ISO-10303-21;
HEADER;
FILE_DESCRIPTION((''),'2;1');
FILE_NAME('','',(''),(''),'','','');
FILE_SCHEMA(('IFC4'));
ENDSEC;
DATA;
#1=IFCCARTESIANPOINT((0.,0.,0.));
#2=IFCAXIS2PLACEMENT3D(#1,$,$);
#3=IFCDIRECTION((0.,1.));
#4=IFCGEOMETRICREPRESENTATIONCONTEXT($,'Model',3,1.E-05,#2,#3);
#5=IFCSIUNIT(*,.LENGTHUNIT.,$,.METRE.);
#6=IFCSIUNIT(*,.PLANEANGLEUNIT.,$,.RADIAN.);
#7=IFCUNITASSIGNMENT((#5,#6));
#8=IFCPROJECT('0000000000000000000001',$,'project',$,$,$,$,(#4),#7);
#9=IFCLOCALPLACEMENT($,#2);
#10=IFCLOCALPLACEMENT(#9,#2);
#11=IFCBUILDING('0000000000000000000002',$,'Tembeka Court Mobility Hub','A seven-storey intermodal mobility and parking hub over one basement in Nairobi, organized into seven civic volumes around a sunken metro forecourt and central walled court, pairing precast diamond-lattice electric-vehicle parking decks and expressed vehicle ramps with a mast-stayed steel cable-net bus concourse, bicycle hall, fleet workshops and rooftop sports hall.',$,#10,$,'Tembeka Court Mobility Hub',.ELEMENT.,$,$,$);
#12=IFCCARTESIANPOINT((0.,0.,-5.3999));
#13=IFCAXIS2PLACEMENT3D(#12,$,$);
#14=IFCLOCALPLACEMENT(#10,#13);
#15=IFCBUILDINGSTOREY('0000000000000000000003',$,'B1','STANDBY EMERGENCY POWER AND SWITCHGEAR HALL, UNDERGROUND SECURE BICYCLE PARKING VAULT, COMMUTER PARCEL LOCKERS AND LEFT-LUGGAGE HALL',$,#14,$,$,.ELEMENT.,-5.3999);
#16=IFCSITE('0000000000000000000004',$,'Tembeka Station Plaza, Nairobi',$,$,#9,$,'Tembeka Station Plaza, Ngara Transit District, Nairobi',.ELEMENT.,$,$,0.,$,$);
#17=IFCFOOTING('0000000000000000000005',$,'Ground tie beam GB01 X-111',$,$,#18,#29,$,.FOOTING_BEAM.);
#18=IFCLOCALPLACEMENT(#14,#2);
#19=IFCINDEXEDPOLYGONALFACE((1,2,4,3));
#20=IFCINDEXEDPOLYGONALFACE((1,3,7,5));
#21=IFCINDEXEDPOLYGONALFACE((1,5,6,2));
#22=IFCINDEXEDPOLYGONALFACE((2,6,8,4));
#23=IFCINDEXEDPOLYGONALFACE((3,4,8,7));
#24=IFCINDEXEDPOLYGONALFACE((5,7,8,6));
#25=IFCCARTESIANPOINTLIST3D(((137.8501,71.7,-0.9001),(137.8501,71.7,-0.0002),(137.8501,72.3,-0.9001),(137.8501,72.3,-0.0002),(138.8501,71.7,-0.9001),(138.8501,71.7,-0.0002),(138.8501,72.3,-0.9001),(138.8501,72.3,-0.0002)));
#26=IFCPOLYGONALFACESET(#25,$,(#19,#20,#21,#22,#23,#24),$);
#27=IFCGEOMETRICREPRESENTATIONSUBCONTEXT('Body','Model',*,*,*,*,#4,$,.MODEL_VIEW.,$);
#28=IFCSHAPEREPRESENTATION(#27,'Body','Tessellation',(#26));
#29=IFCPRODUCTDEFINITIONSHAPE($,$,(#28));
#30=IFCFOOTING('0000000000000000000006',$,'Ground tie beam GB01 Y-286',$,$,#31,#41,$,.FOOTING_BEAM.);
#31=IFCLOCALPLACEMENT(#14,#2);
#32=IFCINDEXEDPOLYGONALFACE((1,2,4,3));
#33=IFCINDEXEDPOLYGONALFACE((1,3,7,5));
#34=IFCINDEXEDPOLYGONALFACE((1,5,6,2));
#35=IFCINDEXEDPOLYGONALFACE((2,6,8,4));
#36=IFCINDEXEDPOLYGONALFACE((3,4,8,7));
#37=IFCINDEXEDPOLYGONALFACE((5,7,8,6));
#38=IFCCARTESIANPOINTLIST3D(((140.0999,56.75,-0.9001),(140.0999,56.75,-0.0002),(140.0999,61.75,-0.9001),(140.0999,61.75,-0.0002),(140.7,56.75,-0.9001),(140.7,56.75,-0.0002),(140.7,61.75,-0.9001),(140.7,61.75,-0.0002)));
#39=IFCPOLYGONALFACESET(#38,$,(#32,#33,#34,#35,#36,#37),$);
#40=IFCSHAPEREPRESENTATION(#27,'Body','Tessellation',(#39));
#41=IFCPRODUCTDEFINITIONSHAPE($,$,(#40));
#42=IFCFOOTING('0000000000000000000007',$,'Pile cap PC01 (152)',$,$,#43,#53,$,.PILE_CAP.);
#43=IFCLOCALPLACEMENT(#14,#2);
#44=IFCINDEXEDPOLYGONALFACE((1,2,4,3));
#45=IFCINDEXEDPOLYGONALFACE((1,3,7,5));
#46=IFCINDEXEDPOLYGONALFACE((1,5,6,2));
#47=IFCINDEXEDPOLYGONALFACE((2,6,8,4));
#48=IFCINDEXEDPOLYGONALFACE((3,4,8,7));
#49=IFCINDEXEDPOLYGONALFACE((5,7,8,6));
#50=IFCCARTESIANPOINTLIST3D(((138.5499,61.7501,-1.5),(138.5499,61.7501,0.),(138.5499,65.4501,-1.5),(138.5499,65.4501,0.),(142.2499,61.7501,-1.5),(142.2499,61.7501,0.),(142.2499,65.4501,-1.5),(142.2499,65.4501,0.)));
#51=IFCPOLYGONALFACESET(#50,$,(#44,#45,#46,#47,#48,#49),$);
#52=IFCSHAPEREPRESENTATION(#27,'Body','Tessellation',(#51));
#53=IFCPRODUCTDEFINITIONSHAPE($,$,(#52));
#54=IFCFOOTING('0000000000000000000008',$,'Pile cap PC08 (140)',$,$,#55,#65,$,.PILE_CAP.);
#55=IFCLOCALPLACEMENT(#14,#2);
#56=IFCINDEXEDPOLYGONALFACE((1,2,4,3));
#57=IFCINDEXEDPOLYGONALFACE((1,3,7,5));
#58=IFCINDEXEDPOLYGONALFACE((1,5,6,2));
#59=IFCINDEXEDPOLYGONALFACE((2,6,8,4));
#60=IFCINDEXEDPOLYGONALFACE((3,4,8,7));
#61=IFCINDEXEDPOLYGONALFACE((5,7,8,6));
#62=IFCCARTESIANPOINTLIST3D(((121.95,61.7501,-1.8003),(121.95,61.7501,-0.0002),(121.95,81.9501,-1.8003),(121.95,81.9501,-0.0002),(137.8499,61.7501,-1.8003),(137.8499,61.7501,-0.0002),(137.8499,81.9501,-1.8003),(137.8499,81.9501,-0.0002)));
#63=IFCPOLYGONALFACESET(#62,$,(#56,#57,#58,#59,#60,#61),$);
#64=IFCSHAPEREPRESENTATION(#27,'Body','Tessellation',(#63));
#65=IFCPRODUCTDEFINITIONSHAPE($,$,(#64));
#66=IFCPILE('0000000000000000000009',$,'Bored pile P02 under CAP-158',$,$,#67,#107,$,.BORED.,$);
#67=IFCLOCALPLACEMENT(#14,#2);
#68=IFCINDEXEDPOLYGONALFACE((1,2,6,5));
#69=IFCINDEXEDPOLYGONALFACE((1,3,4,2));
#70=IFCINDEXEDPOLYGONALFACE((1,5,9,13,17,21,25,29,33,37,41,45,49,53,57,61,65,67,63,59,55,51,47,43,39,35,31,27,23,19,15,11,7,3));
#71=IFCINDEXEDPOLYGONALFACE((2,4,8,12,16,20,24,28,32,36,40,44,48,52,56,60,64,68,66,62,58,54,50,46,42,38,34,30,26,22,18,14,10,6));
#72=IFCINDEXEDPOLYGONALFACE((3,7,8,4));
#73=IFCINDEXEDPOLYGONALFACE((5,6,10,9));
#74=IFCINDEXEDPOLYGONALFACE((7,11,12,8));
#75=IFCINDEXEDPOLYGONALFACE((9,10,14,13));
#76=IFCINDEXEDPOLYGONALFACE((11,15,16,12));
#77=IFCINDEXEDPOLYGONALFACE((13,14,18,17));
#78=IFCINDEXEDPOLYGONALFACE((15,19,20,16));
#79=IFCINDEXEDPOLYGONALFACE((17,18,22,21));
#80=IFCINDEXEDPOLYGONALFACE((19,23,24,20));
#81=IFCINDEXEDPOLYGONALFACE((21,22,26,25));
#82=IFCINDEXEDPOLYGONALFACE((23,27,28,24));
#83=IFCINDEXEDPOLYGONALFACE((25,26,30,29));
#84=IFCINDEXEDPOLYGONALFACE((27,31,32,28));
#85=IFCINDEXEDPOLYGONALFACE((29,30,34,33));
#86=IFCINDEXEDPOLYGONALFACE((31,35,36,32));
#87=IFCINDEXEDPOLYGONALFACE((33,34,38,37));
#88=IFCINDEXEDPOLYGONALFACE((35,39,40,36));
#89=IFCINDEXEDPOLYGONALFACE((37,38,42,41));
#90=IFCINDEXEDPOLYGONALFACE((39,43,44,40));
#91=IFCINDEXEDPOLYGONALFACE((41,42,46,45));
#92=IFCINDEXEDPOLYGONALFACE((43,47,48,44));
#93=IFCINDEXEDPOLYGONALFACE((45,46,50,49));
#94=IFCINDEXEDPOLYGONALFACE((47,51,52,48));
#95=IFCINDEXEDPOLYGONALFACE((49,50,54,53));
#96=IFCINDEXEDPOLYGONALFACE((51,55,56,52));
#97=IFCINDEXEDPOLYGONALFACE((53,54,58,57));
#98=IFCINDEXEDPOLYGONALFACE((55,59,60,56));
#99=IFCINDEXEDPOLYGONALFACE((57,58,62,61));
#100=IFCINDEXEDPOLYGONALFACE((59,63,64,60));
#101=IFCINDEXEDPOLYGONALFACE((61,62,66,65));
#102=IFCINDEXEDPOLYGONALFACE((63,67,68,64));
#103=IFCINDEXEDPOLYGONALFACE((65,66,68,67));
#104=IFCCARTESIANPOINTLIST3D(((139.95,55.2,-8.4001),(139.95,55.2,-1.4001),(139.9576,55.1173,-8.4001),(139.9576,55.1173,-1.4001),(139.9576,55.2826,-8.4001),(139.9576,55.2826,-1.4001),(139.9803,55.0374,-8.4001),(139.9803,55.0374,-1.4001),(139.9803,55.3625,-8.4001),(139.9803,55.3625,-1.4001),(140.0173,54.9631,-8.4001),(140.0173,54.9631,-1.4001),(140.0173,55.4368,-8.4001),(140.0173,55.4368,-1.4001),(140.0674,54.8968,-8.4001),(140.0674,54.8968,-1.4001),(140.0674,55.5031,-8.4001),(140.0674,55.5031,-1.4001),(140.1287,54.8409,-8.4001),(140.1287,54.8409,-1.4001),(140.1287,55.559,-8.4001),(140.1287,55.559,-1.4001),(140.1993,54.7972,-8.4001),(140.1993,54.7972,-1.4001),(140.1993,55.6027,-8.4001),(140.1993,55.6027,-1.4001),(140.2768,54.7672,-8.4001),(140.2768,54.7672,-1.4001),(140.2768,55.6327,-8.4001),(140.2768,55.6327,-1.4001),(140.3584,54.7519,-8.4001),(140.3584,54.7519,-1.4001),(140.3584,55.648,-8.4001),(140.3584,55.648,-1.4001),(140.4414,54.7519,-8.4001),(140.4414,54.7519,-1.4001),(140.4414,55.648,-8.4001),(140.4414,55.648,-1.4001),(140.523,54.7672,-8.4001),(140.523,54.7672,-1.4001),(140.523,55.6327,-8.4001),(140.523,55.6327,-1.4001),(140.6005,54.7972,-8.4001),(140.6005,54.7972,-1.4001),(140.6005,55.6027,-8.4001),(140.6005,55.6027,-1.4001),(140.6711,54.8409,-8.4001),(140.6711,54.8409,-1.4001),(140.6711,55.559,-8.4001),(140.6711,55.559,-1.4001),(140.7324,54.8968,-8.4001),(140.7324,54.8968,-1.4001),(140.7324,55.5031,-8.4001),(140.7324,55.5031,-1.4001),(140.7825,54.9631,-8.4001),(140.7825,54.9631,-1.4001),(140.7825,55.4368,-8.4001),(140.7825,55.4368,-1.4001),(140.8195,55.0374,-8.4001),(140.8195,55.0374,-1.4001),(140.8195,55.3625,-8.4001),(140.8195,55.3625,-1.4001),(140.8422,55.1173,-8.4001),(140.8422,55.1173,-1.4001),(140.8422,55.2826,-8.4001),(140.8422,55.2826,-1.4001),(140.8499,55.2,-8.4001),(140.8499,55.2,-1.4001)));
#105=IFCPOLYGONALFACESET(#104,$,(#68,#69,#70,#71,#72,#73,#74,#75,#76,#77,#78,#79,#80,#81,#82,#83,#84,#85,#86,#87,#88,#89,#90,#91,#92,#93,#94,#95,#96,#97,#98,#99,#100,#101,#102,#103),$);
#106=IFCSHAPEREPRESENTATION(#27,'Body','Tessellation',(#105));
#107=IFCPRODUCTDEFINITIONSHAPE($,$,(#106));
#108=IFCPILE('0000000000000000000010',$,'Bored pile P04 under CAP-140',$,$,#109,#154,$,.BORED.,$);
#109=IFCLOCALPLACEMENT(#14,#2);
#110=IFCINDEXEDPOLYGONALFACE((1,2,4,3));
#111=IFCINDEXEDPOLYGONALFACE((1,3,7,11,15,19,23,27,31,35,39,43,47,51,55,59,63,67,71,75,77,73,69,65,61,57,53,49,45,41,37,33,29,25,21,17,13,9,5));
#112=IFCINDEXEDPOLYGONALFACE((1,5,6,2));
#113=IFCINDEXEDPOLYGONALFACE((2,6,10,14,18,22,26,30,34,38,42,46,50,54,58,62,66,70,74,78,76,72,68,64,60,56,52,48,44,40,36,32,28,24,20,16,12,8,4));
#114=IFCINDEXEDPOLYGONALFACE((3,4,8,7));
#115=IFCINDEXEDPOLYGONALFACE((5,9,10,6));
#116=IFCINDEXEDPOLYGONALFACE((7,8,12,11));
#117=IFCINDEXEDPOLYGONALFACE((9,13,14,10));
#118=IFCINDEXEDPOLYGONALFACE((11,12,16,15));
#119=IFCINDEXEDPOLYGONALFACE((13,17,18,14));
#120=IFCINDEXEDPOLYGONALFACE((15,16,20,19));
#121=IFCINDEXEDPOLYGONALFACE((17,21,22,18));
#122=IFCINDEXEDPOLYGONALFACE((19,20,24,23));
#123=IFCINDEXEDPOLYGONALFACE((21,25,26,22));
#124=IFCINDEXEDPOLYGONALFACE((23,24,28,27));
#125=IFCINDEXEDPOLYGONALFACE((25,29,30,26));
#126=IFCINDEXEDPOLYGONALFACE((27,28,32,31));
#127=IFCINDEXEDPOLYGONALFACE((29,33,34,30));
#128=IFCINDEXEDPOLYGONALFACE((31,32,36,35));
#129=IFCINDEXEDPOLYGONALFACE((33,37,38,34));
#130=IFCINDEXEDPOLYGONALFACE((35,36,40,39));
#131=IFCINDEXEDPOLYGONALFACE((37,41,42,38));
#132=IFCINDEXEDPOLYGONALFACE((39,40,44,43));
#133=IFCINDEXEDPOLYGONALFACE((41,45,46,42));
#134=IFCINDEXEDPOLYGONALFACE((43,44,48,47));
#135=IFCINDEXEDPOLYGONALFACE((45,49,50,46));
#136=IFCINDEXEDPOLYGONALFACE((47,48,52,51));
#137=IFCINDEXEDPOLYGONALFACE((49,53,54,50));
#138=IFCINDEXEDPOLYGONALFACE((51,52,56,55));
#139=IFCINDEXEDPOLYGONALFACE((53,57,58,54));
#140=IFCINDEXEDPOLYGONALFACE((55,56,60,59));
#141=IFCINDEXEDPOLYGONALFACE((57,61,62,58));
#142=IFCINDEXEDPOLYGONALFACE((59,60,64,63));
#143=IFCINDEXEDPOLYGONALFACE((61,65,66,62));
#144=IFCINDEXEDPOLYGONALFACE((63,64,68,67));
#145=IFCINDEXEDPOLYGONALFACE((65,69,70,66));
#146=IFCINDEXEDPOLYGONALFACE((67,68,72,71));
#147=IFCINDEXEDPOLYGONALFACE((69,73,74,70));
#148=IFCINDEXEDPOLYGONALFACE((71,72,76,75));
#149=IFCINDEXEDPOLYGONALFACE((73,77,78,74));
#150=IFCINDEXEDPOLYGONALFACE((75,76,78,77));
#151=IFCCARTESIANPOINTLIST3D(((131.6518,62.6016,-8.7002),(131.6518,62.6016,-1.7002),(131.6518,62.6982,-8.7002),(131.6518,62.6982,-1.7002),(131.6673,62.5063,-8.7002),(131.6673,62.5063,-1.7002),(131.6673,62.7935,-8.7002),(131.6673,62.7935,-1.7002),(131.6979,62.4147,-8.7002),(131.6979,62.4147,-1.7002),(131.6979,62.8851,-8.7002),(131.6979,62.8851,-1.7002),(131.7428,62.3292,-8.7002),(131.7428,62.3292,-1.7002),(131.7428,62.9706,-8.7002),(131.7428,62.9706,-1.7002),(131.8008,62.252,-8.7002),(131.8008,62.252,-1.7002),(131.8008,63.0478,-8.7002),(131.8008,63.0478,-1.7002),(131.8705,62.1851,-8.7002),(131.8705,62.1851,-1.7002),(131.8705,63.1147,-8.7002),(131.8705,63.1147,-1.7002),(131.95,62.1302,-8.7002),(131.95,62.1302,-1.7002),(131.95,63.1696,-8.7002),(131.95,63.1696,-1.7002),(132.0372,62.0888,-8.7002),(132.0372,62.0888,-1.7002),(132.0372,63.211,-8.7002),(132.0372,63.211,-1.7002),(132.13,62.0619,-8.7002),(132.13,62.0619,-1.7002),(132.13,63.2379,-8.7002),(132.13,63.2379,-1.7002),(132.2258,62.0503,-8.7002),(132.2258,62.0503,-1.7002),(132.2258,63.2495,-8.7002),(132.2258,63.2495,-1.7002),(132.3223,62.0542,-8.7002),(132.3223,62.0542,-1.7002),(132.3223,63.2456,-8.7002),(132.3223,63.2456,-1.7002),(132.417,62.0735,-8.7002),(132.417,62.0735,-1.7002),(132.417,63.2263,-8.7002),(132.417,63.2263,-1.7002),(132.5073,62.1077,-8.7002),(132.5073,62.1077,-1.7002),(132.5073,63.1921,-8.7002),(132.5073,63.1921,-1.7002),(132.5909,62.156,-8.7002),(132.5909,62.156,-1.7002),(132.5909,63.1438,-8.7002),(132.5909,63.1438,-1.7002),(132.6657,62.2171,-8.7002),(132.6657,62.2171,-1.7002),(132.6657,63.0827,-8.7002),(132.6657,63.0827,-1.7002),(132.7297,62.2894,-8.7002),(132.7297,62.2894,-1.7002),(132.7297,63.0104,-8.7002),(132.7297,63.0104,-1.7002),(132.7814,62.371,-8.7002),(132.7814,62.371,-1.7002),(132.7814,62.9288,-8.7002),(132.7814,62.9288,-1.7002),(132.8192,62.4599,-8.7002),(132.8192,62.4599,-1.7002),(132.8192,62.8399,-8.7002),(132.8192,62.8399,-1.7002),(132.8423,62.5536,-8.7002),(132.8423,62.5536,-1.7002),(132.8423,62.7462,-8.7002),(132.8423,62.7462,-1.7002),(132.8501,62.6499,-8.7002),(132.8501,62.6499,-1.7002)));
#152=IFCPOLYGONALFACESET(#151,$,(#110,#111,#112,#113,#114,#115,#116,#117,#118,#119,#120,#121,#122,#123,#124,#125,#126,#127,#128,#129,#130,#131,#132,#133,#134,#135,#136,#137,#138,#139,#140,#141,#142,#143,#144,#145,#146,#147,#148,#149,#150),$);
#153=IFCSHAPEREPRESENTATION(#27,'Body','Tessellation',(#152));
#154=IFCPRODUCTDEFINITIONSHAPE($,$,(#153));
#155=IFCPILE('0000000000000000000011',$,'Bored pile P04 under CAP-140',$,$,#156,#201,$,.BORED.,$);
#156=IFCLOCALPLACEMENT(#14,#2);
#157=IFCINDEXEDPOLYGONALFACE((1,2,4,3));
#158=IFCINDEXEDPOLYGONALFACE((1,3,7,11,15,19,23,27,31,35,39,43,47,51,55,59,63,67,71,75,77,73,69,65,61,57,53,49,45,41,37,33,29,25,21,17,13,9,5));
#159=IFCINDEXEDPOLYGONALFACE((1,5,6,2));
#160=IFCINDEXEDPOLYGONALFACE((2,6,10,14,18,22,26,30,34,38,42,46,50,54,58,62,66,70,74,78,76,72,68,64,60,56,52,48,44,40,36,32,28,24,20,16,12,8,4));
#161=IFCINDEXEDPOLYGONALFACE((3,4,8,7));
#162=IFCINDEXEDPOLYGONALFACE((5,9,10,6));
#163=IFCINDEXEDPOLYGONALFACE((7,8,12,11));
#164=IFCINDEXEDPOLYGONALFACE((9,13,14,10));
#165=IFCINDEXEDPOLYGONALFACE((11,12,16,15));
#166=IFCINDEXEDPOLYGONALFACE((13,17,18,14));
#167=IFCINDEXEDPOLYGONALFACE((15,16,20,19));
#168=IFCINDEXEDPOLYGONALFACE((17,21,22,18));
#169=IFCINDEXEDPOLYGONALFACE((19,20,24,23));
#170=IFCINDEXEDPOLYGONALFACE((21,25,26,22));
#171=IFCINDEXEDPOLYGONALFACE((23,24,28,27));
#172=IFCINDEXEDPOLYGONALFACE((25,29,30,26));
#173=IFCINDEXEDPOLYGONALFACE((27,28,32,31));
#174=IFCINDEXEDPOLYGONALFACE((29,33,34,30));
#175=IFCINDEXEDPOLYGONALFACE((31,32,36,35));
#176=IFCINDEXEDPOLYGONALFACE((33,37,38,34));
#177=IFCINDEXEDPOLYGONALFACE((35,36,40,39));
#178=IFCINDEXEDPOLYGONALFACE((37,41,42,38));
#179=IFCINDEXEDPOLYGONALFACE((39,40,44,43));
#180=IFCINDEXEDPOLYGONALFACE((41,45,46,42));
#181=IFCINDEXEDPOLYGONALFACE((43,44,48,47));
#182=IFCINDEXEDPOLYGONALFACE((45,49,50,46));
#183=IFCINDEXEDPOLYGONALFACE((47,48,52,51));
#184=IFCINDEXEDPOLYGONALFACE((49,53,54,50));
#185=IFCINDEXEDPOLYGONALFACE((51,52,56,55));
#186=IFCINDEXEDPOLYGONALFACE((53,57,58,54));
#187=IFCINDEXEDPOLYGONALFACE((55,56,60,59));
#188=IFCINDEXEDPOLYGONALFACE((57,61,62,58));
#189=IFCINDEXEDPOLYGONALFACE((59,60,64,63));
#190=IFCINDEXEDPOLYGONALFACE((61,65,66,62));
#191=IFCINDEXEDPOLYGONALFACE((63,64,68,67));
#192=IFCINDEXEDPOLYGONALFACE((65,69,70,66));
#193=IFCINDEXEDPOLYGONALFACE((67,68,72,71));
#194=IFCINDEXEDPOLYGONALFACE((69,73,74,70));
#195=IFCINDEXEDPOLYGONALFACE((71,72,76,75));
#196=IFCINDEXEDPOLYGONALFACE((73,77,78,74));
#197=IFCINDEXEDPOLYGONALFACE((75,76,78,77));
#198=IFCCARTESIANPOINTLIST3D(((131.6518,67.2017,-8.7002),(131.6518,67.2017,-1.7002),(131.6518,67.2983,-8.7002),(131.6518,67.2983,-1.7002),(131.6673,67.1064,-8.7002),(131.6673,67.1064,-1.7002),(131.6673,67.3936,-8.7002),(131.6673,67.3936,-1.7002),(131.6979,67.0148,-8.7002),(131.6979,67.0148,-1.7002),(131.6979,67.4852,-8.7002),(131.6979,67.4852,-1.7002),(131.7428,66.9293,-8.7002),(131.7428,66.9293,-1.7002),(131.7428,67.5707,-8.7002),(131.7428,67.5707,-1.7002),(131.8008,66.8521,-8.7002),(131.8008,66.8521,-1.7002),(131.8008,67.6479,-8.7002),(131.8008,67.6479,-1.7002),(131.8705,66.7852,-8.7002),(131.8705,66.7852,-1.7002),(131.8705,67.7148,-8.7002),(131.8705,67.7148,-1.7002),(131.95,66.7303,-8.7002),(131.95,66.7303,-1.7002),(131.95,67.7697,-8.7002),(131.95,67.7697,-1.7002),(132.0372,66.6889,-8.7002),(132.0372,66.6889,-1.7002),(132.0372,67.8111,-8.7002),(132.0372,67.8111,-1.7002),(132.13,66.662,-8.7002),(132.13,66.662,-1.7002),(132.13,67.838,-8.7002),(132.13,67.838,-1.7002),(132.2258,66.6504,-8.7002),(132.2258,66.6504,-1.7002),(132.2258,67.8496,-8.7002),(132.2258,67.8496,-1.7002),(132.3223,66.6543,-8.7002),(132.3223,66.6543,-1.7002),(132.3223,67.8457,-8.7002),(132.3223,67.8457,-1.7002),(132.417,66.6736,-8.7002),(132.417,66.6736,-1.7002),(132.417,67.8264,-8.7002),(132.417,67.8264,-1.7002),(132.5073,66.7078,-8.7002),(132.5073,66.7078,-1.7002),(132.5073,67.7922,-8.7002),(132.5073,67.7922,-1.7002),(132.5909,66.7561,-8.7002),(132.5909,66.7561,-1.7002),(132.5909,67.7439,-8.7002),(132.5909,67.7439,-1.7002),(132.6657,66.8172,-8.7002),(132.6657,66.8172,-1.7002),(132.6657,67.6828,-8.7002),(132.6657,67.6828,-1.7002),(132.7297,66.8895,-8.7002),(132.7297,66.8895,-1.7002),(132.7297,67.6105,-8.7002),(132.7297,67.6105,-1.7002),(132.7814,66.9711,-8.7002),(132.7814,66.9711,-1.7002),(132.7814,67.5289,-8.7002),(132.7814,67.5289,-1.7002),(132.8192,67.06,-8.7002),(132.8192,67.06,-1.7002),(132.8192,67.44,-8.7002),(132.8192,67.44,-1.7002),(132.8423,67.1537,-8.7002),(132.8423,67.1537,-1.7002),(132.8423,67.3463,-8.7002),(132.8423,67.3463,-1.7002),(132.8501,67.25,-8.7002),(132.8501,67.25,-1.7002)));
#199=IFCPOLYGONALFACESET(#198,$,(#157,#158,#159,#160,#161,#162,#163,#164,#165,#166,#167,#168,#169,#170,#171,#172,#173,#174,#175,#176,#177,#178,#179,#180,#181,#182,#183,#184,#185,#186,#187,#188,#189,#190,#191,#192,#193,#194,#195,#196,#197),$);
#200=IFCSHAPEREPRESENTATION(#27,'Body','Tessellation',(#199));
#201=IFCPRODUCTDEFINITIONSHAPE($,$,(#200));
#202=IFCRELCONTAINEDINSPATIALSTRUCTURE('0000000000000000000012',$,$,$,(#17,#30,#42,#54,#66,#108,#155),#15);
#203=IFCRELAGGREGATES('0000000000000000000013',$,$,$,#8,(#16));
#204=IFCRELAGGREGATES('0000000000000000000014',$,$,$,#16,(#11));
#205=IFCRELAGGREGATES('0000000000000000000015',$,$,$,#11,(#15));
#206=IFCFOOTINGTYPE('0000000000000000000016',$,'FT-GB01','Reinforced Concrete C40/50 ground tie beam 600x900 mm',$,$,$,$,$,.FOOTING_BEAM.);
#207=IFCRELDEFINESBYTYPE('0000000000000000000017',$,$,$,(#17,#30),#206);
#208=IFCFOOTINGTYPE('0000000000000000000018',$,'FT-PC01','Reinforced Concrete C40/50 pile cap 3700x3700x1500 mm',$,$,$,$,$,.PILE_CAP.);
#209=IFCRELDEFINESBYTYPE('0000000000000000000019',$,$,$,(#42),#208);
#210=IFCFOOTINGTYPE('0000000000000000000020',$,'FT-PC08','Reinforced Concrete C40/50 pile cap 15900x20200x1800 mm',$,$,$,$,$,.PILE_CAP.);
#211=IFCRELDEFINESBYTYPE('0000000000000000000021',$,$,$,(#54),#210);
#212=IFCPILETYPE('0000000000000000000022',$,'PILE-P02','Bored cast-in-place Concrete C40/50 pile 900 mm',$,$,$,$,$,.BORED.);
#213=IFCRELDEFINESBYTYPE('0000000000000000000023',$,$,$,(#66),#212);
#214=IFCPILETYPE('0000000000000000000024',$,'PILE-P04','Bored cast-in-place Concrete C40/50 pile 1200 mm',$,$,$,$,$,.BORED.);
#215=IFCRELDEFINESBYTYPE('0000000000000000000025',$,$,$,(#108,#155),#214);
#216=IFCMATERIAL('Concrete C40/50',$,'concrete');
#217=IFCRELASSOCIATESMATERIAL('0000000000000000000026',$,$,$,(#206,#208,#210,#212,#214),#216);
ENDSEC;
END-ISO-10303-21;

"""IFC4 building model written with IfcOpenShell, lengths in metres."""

from ifc_helpers import new_model, si_unit, direction, frame, origin, origin_2d, place, context, subcontext, project, spatial, rectangle, circle, extrude, material, material_profile, profile_set, type_object, element, save


model = new_model("IFC4")

# Units and contexts
model_context = context("Model", 3, precision=1e-05, world=origin(), true_north=direction((0.0, 1.0)))
body_context = subcontext(model_context, "Body", "Model", "MODEL_VIEW")
ifc_project = project(units=[si_unit("LENGTHUNIT", "METRE"), si_unit("PLANEANGLEUNIT", "RADIAN")], contexts=[model_context])

# Site, building, storey
site_placement = place(None, origin())
site = spatial("IfcSite", under=ifc_project, at=site_placement, Name="Tembeka Station Plaza, Nairobi", LongName="Tembeka Station Plaza, Ngara Transit District, Nairobi", CompositionType="ELEMENT", RefElevation=0.0)
building_placement = place(site_placement, origin())
building = spatial("IfcBuilding", under=site, at=building_placement, Name="Tembeka Court Mobility Hub", Description="A seven-storey intermodal mobility and parking hub over one basement in Nairobi, organized into seven civic volumes around a sunken metro forecourt and central walled court, pairing precast diamond-lattice electric-vehicle parking decks and expressed vehicle ramps with a mast-stayed steel cable-net bus concourse, bicycle hall, fleet workshops and rooftop sports hall.", LongName="Tembeka Court Mobility Hub", CompositionType="ELEMENT")
storey_placement = place(building_placement, frame((0.0, 0.0, -5.3999)))
storey = spatial("IfcBuildingStorey", under=building, at=storey_placement, Name="B1", Description="STANDBY EMERGENCY POWER AND SWITCHGEAR HALL, UNDERGROUND SECURE BICYCLE PARKING VAULT, COMMUTER PARCEL LOCKERS AND LEFT-LUGGAGE HALL", CompositionType="ELEMENT", Elevation=-5.3999)

# Footings
ifc_material_1 = material(Name="Concrete C40/50", Category="concrete")
footing_type_1 = type_object("IfcFootingType", Name="FT-GB01", Description="Reinforced Concrete C40/50 ground tie beam 600x900 mm", PredefinedType="FOOTING_BEAM", material=ifc_material_1)
footing_1_placement = place(storey_placement, frame((138.3501, 72.0, -0.9001), z_axis=(0.0, 0.0, 1.0), x_axis=(1.0, 0.0, 0.0)))
element("IfcFooting", 1, at=footing_1_placement, inside=storey, type_object=footing_type_1, Name="Ground tie beam GB01 X-111", PredefinedType="FOOTING_BEAM", context=body_context, shape_type="SweptSolid", body=[
    extrude(rectangle(XDim=1.0, YDim=0.6001, at=origin_2d()), origin(), (0.0, 0.0, 1.0), 0.8999),
])
footing_2_placement = place(storey_placement, frame((140.3999, 59.25, -0.9001), z_axis=(0.0, 0.0, 1.0), x_axis=(0.0, 1.0, 0.0)))
element("IfcFooting", 2, at=footing_2_placement, inside=storey, type_object=footing_type_1, Name="Ground tie beam GB01 Y-286", PredefinedType="FOOTING_BEAM", context=body_context, shape_type="SweptSolid", body=[
    extrude(rectangle(XDim=5.0, YDim=0.6001, at=origin_2d()), origin(), (0.0, 0.0, 1.0), 0.8999),
])
footing_type_2 = type_object("IfcFootingType", Name="FT-PC01", Description="Reinforced Concrete C40/50 pile cap 3700x3700x1500 mm", PredefinedType="PILE_CAP", material=ifc_material_1)
footing_3_placement = place(storey_placement, frame((140.3999, 63.6001, -1.5), z_axis=(0.0, 0.0, 1.0), x_axis=(1.0, 0.0, 0.0)))
element("IfcFooting", 3, at=footing_3_placement, inside=storey, type_object=footing_type_2, Name="Pile cap PC01 (152)", PredefinedType="PILE_CAP", context=body_context, shape_type="SweptSolid", body=[
    extrude(rectangle(XDim=3.7, YDim=3.7, at=origin_2d()), origin(), (0.0, 0.0, 1.0), 1.5),
])
footing_type_3 = type_object("IfcFootingType", Name="FT-PC08", Description="Reinforced Concrete C40/50 pile cap 15900x20200x1800 mm", PredefinedType="PILE_CAP", material=ifc_material_1)
footing_4_placement = place(storey_placement, frame((129.8999, 71.8501, -1.8003), z_axis=(0.0, 0.0, 1.0), x_axis=(0.0, 1.0, 0.0)))
element("IfcFooting", 4, at=footing_4_placement, inside=storey, type_object=footing_type_3, Name="Pile cap PC08 (140)", PredefinedType="PILE_CAP", context=body_context, shape_type="SweptSolid", body=[
    extrude(rectangle(XDim=20.2, YDim=15.8999, at=origin_2d()), origin(), (0.0, 0.0, 1.0), 1.8),
])

# Piles
ifc_material_profile_1 = material_profile(ifc_material_1, circle(Radius=0.45, at=origin_2d()), Name="PILE D900")
ifc_profile_set_1 = profile_set([ifc_material_profile_1], Name="Concrete C40/50")
pile_type_1 = type_object("IfcPileType", Name="PILE-P02", Description="Bored cast-in-place Concrete C40/50 pile 900 mm", PredefinedType="BORED", material=ifc_profile_set_1)
pile_placement = place(storey_placement, frame((140.3999, 55.2, -1.4001), z_axis=(0.0, 0.0, -1.0), x_axis=(1.0, 0.0, 0.0)))
element("IfcPile", 5, at=pile_placement, inside=storey, type_object=pile_type_1, Name="Bored pile P02 under CAP-158", PredefinedType="BORED", context=body_context, shape_type="SweptSolid", body=[
    extrude(circle(Radius=0.45, at=origin_2d()), origin(), (0.0, 0.0, 1.0), 7.0),
])
ifc_material_profile_2 = material_profile(ifc_material_1, circle(Radius=0.6001, at=origin_2d()), Name="PILE D1200")
ifc_profile_set_2 = profile_set([ifc_material_profile_2], Name="Concrete C40/50")
pile_type_2 = type_object("IfcPileType", Name="PILE-P04", Description="Bored cast-in-place Concrete C40/50 pile 1200 mm", PredefinedType="BORED", material=ifc_profile_set_2)
for number, where, z_axis, x_axis, name in (
    (6, (132.25, 62.6499, -1.7002), (0.0, 0.0, -1.0), (1.0, 0.0, 0.0), "Bored pile P04 under CAP-140"),
    (7, (132.25, 67.25, -1.7002), (0.0, 0.0, -1.0), (1.0, 0.0, 0.0), "Bored pile P04 under CAP-140"),
):
    element("IfcPile", number, at=place(storey_placement, frame(where, z_axis=z_axis, x_axis=x_axis)), inside=storey, type_object=pile_type_2, Name=name, PredefinedType="BORED", context=body_context, shape_type="SweptSolid", body=[
        extrude(circle(Radius=0.6001, at=origin_2d()), origin(), (0.0, 0.0, 1.0), 7.0),
    ])

save(model, "model.ifc")
